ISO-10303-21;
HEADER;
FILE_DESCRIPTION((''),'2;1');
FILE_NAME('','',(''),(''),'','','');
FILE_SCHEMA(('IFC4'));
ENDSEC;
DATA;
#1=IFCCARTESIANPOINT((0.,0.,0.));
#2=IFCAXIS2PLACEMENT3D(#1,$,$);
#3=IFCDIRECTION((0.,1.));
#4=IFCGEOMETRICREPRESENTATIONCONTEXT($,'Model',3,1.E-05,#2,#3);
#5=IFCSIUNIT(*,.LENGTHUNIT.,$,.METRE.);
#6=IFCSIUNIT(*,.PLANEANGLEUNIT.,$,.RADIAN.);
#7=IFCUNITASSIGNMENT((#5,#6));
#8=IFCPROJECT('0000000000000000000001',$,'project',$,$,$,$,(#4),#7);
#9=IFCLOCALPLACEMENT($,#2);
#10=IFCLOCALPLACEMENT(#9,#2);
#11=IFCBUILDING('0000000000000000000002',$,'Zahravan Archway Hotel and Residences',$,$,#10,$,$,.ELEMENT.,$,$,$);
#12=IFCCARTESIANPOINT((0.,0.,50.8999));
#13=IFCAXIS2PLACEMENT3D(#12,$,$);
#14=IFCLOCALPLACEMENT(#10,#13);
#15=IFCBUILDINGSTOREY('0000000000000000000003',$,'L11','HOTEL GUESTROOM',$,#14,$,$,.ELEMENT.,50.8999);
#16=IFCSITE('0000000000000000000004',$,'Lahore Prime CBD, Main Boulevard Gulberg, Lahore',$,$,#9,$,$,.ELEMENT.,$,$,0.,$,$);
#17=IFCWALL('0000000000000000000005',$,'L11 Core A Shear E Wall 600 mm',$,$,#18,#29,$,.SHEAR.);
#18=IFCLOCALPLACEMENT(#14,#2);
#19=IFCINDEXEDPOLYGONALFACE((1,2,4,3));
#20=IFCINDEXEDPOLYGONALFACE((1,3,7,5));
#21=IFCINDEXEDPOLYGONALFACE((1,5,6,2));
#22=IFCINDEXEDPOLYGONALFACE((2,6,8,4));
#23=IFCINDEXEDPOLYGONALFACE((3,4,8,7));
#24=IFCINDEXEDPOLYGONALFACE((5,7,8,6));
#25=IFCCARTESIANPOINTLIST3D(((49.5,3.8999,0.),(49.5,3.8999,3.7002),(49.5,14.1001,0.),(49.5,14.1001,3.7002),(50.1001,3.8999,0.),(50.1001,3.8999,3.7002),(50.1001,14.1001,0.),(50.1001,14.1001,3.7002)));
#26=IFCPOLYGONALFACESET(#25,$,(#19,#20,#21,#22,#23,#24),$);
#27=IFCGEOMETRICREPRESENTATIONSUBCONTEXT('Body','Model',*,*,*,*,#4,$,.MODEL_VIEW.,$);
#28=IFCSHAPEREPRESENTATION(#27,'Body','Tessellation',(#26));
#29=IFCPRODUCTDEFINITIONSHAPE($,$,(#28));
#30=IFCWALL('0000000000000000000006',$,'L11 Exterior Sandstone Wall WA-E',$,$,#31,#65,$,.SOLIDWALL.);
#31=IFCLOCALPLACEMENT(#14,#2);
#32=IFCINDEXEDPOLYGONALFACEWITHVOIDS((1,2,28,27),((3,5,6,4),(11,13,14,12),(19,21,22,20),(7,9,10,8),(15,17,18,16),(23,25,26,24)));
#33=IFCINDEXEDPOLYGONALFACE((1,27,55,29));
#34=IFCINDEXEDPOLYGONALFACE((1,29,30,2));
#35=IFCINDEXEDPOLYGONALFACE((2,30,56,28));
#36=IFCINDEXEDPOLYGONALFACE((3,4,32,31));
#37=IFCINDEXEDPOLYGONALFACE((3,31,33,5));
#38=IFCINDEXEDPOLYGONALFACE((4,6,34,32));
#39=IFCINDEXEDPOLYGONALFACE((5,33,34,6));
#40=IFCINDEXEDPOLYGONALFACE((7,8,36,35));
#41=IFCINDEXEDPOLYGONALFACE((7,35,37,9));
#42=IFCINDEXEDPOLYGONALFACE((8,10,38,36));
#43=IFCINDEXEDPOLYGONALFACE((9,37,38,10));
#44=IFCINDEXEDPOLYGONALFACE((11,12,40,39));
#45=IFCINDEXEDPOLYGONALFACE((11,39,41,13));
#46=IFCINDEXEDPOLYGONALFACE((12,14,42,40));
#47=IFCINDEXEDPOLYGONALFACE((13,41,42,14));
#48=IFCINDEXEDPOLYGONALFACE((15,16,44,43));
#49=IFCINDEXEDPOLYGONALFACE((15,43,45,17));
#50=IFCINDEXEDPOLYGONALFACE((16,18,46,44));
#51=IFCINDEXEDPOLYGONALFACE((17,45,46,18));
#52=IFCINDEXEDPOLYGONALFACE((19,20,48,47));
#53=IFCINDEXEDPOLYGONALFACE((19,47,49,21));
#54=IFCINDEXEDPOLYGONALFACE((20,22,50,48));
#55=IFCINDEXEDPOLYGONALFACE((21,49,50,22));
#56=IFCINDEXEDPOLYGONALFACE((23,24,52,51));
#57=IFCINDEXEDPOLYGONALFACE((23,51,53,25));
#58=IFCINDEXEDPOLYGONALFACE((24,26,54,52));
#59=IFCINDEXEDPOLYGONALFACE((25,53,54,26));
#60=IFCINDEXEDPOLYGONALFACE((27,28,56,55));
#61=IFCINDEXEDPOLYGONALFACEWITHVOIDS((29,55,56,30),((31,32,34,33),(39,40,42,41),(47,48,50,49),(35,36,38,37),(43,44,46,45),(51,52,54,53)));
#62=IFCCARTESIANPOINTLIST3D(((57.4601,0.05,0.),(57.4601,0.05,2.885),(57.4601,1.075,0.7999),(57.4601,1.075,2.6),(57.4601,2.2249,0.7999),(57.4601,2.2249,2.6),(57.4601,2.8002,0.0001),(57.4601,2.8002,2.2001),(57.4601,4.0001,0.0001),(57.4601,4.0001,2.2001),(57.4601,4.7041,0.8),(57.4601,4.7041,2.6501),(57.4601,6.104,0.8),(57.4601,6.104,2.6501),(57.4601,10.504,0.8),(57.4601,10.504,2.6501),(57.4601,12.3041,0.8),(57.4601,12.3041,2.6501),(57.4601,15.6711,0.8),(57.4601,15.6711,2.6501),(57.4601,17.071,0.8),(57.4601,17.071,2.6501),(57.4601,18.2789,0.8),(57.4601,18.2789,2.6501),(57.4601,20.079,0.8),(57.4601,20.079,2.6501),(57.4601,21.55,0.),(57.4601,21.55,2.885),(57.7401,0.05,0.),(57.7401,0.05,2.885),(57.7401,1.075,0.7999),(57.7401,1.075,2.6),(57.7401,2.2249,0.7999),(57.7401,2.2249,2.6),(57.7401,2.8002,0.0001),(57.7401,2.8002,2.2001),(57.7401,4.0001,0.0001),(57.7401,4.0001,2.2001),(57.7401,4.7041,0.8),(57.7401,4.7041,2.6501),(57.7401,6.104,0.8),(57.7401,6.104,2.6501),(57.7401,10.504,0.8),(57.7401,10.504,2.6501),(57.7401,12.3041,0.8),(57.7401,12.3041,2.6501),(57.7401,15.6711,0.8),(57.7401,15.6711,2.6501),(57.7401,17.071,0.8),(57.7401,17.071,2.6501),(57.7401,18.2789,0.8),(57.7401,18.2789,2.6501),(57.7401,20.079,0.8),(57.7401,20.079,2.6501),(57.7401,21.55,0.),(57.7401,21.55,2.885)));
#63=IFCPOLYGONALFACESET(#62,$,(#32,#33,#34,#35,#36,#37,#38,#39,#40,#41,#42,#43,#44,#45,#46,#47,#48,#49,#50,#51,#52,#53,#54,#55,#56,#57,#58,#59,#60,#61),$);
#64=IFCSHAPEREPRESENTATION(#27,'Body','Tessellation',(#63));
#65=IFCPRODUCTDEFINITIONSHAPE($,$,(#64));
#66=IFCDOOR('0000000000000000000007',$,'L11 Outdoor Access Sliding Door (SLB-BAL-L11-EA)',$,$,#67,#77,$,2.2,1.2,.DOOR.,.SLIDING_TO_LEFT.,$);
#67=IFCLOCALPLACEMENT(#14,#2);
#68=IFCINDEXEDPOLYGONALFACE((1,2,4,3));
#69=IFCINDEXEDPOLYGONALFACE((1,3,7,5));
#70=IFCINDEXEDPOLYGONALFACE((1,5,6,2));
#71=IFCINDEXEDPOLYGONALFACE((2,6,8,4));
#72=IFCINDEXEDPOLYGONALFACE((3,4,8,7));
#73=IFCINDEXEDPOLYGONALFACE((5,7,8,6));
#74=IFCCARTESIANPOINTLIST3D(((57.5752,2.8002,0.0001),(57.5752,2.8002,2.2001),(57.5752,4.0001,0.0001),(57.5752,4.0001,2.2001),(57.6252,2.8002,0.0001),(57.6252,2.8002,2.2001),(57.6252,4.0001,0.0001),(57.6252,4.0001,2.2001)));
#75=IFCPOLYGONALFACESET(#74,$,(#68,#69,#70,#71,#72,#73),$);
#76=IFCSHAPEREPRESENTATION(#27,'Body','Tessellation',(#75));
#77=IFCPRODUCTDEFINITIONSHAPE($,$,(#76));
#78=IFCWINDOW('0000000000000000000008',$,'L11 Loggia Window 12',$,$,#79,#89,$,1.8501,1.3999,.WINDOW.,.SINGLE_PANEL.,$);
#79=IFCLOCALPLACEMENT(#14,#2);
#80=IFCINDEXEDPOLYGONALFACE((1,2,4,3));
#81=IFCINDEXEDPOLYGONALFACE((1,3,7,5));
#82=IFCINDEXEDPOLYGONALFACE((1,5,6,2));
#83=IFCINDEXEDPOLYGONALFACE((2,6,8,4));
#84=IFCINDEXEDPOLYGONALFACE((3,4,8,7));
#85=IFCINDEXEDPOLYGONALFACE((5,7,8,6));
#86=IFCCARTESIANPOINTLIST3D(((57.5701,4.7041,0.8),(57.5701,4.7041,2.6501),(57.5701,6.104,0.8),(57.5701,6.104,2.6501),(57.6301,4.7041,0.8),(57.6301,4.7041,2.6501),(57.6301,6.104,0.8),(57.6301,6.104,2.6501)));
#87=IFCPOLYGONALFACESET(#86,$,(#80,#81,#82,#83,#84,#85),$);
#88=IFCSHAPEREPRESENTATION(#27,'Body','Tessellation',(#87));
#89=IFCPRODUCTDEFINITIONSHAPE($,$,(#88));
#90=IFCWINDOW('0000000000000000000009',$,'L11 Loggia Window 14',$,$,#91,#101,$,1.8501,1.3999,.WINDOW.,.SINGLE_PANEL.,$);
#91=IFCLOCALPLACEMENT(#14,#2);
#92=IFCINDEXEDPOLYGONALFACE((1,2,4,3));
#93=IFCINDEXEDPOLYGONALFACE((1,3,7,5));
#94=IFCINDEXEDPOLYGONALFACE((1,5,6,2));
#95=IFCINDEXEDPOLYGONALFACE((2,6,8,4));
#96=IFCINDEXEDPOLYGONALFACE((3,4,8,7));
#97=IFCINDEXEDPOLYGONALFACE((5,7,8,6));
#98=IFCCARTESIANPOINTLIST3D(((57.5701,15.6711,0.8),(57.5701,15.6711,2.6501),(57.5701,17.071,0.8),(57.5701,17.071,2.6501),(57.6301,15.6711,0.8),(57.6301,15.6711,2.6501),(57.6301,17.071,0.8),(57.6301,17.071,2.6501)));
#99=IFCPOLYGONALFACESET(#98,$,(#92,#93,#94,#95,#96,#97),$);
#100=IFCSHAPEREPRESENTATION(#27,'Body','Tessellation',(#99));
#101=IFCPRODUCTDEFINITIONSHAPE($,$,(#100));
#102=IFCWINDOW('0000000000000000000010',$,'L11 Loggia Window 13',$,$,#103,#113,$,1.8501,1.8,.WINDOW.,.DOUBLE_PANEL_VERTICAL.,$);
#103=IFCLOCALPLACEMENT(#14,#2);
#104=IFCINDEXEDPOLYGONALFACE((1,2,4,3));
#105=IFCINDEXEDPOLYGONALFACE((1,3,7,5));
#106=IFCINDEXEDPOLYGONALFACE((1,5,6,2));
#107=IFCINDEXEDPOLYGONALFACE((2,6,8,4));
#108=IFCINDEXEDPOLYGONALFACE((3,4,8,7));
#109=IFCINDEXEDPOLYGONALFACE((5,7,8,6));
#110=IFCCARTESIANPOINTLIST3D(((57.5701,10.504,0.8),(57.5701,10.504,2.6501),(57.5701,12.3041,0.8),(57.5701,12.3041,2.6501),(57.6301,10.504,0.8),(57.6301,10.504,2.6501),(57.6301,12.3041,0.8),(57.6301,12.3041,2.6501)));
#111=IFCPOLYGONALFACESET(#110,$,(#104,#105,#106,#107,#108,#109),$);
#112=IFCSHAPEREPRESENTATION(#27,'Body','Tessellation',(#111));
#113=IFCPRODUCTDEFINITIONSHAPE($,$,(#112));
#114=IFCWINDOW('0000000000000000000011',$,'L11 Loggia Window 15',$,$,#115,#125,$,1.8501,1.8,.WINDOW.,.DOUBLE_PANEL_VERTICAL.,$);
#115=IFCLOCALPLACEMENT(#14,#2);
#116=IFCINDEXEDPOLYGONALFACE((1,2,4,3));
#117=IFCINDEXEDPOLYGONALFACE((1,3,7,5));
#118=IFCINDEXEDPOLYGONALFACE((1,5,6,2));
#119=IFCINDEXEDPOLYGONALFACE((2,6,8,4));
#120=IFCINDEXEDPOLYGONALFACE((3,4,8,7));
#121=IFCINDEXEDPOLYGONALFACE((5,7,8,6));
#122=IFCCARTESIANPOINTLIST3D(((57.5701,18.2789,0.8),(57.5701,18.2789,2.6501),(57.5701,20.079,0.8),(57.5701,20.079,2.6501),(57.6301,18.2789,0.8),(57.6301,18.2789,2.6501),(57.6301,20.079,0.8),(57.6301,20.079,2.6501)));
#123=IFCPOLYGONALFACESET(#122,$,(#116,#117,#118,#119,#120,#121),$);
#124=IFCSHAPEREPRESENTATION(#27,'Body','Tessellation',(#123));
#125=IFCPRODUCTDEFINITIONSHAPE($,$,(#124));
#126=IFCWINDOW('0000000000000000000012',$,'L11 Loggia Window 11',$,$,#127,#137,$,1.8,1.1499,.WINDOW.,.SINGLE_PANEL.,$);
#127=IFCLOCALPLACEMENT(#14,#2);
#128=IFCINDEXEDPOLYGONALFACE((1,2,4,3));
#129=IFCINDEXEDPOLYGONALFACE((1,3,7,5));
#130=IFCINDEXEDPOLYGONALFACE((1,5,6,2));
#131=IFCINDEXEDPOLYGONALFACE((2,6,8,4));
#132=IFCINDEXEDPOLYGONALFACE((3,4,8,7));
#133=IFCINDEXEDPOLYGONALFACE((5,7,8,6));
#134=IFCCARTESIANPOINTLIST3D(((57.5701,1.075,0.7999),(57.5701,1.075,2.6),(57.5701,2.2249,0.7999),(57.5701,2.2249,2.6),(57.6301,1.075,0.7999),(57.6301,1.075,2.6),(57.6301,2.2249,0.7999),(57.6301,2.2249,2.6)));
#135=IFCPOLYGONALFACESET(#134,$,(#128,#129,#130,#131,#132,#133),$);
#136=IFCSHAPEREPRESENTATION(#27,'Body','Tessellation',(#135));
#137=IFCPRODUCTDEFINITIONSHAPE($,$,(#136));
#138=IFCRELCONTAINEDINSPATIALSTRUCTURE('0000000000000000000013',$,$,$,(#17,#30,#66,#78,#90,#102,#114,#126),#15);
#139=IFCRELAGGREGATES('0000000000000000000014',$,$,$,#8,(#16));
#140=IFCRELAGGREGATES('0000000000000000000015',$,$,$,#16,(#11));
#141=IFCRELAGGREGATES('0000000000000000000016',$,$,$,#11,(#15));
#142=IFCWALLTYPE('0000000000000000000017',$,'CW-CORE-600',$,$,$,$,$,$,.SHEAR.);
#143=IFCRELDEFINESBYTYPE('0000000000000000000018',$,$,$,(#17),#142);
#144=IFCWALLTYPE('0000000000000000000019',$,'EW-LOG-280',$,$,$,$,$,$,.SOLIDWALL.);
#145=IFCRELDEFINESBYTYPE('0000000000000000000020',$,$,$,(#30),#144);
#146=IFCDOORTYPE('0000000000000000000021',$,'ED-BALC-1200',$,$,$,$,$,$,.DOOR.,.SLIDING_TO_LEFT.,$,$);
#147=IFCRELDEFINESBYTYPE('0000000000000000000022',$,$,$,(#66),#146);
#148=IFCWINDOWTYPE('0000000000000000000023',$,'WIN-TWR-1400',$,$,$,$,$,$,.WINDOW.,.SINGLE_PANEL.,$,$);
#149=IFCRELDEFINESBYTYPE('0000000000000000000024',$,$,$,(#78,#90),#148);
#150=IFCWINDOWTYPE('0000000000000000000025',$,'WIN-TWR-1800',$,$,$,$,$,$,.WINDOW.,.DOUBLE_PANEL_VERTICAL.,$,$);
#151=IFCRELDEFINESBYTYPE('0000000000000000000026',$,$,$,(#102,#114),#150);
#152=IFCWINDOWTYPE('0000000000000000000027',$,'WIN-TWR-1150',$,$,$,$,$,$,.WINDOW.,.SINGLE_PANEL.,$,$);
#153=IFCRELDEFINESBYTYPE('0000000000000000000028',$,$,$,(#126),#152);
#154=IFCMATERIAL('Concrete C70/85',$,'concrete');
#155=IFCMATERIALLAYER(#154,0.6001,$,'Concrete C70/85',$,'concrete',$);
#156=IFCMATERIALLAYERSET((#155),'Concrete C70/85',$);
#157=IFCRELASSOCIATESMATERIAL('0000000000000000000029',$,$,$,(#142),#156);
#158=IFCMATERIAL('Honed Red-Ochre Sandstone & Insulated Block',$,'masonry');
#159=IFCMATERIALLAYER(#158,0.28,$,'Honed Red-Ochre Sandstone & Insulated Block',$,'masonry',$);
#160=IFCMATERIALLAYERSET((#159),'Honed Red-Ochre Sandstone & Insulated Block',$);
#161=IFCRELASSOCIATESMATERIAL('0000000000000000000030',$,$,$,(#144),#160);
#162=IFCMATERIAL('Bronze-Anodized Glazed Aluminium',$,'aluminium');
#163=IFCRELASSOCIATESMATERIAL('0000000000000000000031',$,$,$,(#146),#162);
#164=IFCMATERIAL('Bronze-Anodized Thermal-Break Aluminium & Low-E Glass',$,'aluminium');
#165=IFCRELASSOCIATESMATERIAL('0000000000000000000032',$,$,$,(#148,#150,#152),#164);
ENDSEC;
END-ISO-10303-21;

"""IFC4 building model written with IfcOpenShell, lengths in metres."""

from ifc_helpers import new_model, si_unit, direction, frame, frame_2d, origin, place, context, subcontext, project, spatial, rectangle, extrude, source, transform, mapped, material, layer, layer_set, type_object, type_shapes, element, fill, save


model = new_model("IFC4")

# Units and contexts
model_context = context("Model", 3, precision=1e-05, world=origin(), true_north=direction((0.0, 1.0)))
body_context = subcontext(model_context, "Body", "Model", "MODEL_VIEW")
ifc_project = project(units=[si_unit("LENGTHUNIT", "METRE"), si_unit("PLANEANGLEUNIT", "RADIAN")], contexts=[model_context])

# Site, building, storey
site_placement = place(None, origin())
site = spatial("IfcSite", under=ifc_project, at=site_placement, Name="Lahore Prime CBD, Main Boulevard Gulberg, Lahore", CompositionType="ELEMENT", RefElevation=0.0)
building_placement = place(site_placement, origin())
building = spatial("IfcBuilding", under=site, at=building_placement, Name="Zahravan Archway Hotel and Residences", CompositionType="ELEMENT")
storey_placement = place(building_placement, frame((0.0, 0.0, 50.8999)))
storey = spatial("IfcBuildingStorey", under=building, at=storey_placement, Name="L11", Description="HOTEL GUESTROOM", CompositionType="ELEMENT", Elevation=50.8999)

# Shared definitions
ifc_material_1 = material(Name="Concrete C70/85", Category="concrete")

# Wall
ifc_layer_1 = layer(ifc_material_1, 0.6001, Name="Concrete C70/85", Category="concrete")
ifc_layer_set_1 = layer_set([ifc_layer_1], Name="Concrete C70/85")
wall_type_1 = type_object("IfcWallType", Name="CW-CORE-600", PredefinedType="SHEAR", material=ifc_layer_set_1)
wall_1_placement = place(storey_placement, frame((49.8, 3.8999, 0.0), z_axis=(0.0, 0.0, 1.0), x_axis=(0.0, 1.0, 0.0)))
element("IfcWall", 1, at=wall_1_placement, inside=storey, type_object=wall_type_1, Name="L11 Core A Shear E Wall 600 mm", PredefinedType="SHEAR", context=body_context, shape_type="SweptSolid", body=[
    extrude(rectangle(XDim=10.2002, YDim=0.6001, at=frame_2d((5.1001, 0.0))), origin(), (0.0, 0.0, 1.0), 3.7002),
])

# Wall, openings, door, windows
ifc_material_2 = material(Name="Honed Red-Ochre Sandstone & Insulated Block", Category="masonry")
ifc_layer_2 = layer(ifc_material_2, 0.28, Name="Honed Red-Ochre Sandstone & Insulated Block", Category="masonry")
ifc_layer_set_2 = layer_set([ifc_layer_2], Name="Honed Red-Ochre Sandstone & Insulated Block")
wall_type_2 = type_object("IfcWallType", Name="EW-LOG-280", PredefinedType="SOLIDWALL", material=ifc_layer_set_2)
wall_2_placement = place(storey_placement, frame((57.6001, 0.05, 0.0), z_axis=(0.0, 0.0, 1.0), x_axis=(0.0, 1.0, 0.0)))
wall_2 = element("IfcWall", 2, at=wall_2_placement, inside=storey, type_object=wall_type_2, Name="L11 Exterior Sandstone Wall WA-E", PredefinedType="SOLIDWALL", context=body_context, shape_type="SweptSolid", body=[
    extrude(rectangle(XDim=21.5, YDim=0.28, at=frame_2d((10.75, 0.0))), origin(), (0.0, 0.0, 1.0), 2.885),
])
opening_1_placement = place(wall_2_placement, frame((2.75, 0.0, 0.0)))
opening_1 = element("IfcOpeningElement", 3, at=opening_1_placement, cuts=wall_2, PredefinedType="OPENING", context=body_context, shape_type="SweptSolid", body=[
    extrude(rectangle(XDim=1.2, YDim=2.2, at=frame_2d((0.6001, 1.1001))), frame((0.0, 0.1499, 0.0), z_axis=(0.0, -1.0, 0.0), x_axis=(1.0, 0.0, 0.0)), (0.0, 0.0, 1.0), 0.3),
])
opening_2_placement = place(wall_2_placement, frame((1.0249, 0.0, 0.8)))
opening_2 = element("IfcOpeningElement", 4, at=opening_2_placement, cuts=wall_2, PredefinedType="OPENING", context=body_context, shape_type="SweptSolid", body=[
    extrude(rectangle(XDim=1.1499, YDim=1.8, at=frame_2d((0.575, 0.8999))), frame((0.0, 0.1499, 0.0), z_axis=(0.0, -1.0, 0.0), x_axis=(1.0, 0.0, 0.0)), (0.0, 0.0, 1.0), 0.3),
])
opening_3_placement = place(wall_2_placement, frame((4.6541, 0.0, 0.8)))
opening_3 = element("IfcOpeningElement", 5, at=opening_3_placement, cuts=wall_2, PredefinedType="OPENING", context=body_context, shape_type="SweptSolid", body=[
    extrude(rectangle(XDim=1.3999, YDim=1.8501, at=frame_2d((0.7, 0.925))), frame((0.0, 0.1499, 0.0), z_axis=(0.0, -1.0, 0.0), x_axis=(1.0, 0.0, 0.0)), (0.0, 0.0, 1.0), 0.3),
])
opening_4_placement = place(wall_2_placement, frame((10.4541, 0.0, 0.8)))
opening_4 = element("IfcOpeningElement", 6, at=opening_4_placement, cuts=wall_2, PredefinedType="OPENING", context=body_context, shape_type="SweptSolid", body=[
    extrude(rectangle(XDim=1.8, YDim=1.8501, at=frame_2d((0.8999, 0.925))), frame((0.0, 0.1499, 0.0), z_axis=(0.0, -1.0, 0.0), x_axis=(1.0, 0.0, 0.0)), (0.0, 0.0, 1.0), 0.3),
])
opening_5_placement = place(wall_2_placement, frame((15.6211, 0.0, 0.8)))
opening_5 = element("IfcOpeningElement", 7, at=opening_5_placement, cuts=wall_2, PredefinedType="OPENING", context=body_context, shape_type="SweptSolid", body=[
    extrude(rectangle(XDim=1.3999, YDim=1.8501, at=frame_2d((0.7, 0.925))), frame((0.0, 0.1499, 0.0), z_axis=(0.0, -1.0, 0.0), x_axis=(1.0, 0.0, 0.0)), (0.0, 0.0, 1.0), 0.3),
])
opening_6_placement = place(wall_2_placement, frame((18.229, 0.0, 0.8)))
opening_6 = element("IfcOpeningElement", 8, at=opening_6_placement, cuts=wall_2, PredefinedType="OPENING", context=body_context, shape_type="SweptSolid", body=[
    extrude(rectangle(XDim=1.8, YDim=1.8501, at=frame_2d((0.8999, 0.925))), frame((0.0, 0.1499, 0.0), z_axis=(0.0, -1.0, 0.0), x_axis=(1.0, 0.0, 0.0)), (0.0, 0.0, 1.0), 0.3),
])
ifc_material_3 = material(Name="Bronze-Anodized Glazed Aluminium", Category="aluminium")
door_type_1 = type_object("IfcDoorType", Name="ED-BALC-1200", OperationType="SLIDING_TO_LEFT", PredefinedType="DOOR", material=ifc_material_3)
shared_shape_1 = source(origin(), body_context, "Body", "SweptSolid", [
    extrude(rectangle(XDim=1.2, YDim=2.2, at=frame_2d((0.6001, 1.1001))), frame((0.0, 0.0249, 0.0), z_axis=(0.0, -1.0, 0.0), x_axis=(1.0, 0.0, 0.0)), (0.0, 0.0, 1.0), 0.05),
])
type_shapes(door_type_1, [shared_shape_1])
door_1_placement = place(opening_1_placement, origin())
door_1 = element("IfcDoor", 9, at=door_1_placement, inside=storey, type_object=door_type_1, Name="L11 Outdoor Access Sliding Door (SLB-BAL-L11-EA)", OperationType="SLIDING_TO_LEFT", OverallHeight=2.2, OverallWidth=1.2, PredefinedType="DOOR", context=body_context, shape_type="MappedRepresentation", body=[
    mapped(shared_shape_1, transform((0.0, 0.0, 0.0), scale=1.0)),
])
fill(opening_1, door_1)
ifc_material_4 = material(Name="Bronze-Anodized Thermal-Break Aluminium & Low-E Glass", Category="aluminium")
window_type_1 = type_object("IfcWindowType", Name="WIN-TWR-1400", PartitioningType="SINGLE_PANEL", PredefinedType="WINDOW", material=ifc_material_4)
shared_shape_2 = source(origin(), body_context, "Body", "SweptSolid", [
    extrude(rectangle(XDim=1.3999, YDim=1.8501, at=frame_2d((0.7, 0.925))), frame((0.0, 0.03, 0.0), z_axis=(0.0, -1.0, 0.0), x_axis=(1.0, 0.0, 0.0)), (0.0, 0.0, 1.0), 0.0601),
])
type_shapes(window_type_1, [shared_shape_2])
window_1_placement = place(opening_3_placement, origin())
window_1 = element("IfcWindow", 10, at=window_1_placement, inside=storey, type_object=window_type_1, Name="L11 Loggia Window 12", OverallHeight=1.8501, OverallWidth=1.3999, PartitioningType="SINGLE_PANEL", PredefinedType="WINDOW", context=body_context, shape_type="MappedRepresentation", body=[
    mapped(shared_shape_2, transform((0.0, 0.0, 0.0), scale=1.0)),
])
fill(opening_3, window_1)
window_2_placement = place(opening_5_placement, origin())
window_2 = element("IfcWindow", 11, at=window_2_placement, inside=storey, type_object=window_type_1, Name="L11 Loggia Window 14", OverallHeight=1.8501, OverallWidth=1.3999, PartitioningType="SINGLE_PANEL", PredefinedType="WINDOW", context=body_context, shape_type="MappedRepresentation", body=[
    mapped(shared_shape_2, transform((0.0, 0.0, 0.0), scale=1.0)),
])
fill(opening_5, window_2)
window_type_2 = type_object("IfcWindowType", Name="WIN-TWR-1800", PartitioningType="DOUBLE_PANEL_VERTICAL", PredefinedType="WINDOW", material=ifc_material_4)
shared_shape_3 = source(origin(), body_context, "Body", "SweptSolid", [
    extrude(rectangle(XDim=1.8, YDim=1.8501, at=frame_2d((0.8999, 0.925))), frame((0.0, 0.03, 0.0), z_axis=(0.0, -1.0, 0.0), x_axis=(1.0, 0.0, 0.0)), (0.0, 0.0, 1.0), 0.0601),
])
type_shapes(window_type_2, [shared_shape_3])
window_3_placement = place(opening_4_placement, origin())
window_3 = element("IfcWindow", 12, at=window_3_placement, inside=storey, type_object=window_type_2, Name="L11 Loggia Window 13", OverallHeight=1.8501, OverallWidth=1.8, PartitioningType="DOUBLE_PANEL_VERTICAL", PredefinedType="WINDOW", context=body_context, shape_type="MappedRepresentation", body=[
    mapped(shared_shape_3, transform((0.0, 0.0, 0.0), scale=1.0)),
])
fill(opening_4, window_3)
window_4_placement = place(opening_6_placement, origin())
window_4 = element("IfcWindow", 13, at=window_4_placement, inside=storey, type_object=window_type_2, Name="L11 Loggia Window 15", OverallHeight=1.8501, OverallWidth=1.8, PartitioningType="DOUBLE_PANEL_VERTICAL", PredefinedType="WINDOW", context=body_context, shape_type="MappedRepresentation", body=[
    mapped(shared_shape_3, transform((0.0, 0.0, 0.0), scale=1.0)),
])
fill(opening_6, window_4)
window_type_3 = type_object("IfcWindowType", Name="WIN-TWR-1150", PartitioningType="SINGLE_PANEL", PredefinedType="WINDOW", material=ifc_material_4)
shared_shape_4 = source(origin(), body_context, "Body", "SweptSolid", [
    extrude(rectangle(XDim=1.1499, YDim=1.8, at=frame_2d((0.575, 0.8999))), frame((0.0, 0.03, 0.0), z_axis=(0.0, -1.0, 0.0), x_axis=(1.0, 0.0, 0.0)), (0.0, 0.0, 1.0), 0.0601),
])
type_shapes(window_type_3, [shared_shape_4])
window_5_placement = place(opening_2_placement, origin())
window_5 = element("IfcWindow", 14, at=window_5_placement, inside=storey, type_object=window_type_3, Name="L11 Loggia Window 11", OverallHeight=1.8, OverallWidth=1.1499, PartitioningType="SINGLE_PANEL", PredefinedType="WINDOW", context=body_context, shape_type="MappedRepresentation", body=[
    mapped(shared_shape_4, transform((0.0, 0.0, 0.0), scale=1.0)),
])
fill(opening_2, window_5)

save(model, "model.ifc")
